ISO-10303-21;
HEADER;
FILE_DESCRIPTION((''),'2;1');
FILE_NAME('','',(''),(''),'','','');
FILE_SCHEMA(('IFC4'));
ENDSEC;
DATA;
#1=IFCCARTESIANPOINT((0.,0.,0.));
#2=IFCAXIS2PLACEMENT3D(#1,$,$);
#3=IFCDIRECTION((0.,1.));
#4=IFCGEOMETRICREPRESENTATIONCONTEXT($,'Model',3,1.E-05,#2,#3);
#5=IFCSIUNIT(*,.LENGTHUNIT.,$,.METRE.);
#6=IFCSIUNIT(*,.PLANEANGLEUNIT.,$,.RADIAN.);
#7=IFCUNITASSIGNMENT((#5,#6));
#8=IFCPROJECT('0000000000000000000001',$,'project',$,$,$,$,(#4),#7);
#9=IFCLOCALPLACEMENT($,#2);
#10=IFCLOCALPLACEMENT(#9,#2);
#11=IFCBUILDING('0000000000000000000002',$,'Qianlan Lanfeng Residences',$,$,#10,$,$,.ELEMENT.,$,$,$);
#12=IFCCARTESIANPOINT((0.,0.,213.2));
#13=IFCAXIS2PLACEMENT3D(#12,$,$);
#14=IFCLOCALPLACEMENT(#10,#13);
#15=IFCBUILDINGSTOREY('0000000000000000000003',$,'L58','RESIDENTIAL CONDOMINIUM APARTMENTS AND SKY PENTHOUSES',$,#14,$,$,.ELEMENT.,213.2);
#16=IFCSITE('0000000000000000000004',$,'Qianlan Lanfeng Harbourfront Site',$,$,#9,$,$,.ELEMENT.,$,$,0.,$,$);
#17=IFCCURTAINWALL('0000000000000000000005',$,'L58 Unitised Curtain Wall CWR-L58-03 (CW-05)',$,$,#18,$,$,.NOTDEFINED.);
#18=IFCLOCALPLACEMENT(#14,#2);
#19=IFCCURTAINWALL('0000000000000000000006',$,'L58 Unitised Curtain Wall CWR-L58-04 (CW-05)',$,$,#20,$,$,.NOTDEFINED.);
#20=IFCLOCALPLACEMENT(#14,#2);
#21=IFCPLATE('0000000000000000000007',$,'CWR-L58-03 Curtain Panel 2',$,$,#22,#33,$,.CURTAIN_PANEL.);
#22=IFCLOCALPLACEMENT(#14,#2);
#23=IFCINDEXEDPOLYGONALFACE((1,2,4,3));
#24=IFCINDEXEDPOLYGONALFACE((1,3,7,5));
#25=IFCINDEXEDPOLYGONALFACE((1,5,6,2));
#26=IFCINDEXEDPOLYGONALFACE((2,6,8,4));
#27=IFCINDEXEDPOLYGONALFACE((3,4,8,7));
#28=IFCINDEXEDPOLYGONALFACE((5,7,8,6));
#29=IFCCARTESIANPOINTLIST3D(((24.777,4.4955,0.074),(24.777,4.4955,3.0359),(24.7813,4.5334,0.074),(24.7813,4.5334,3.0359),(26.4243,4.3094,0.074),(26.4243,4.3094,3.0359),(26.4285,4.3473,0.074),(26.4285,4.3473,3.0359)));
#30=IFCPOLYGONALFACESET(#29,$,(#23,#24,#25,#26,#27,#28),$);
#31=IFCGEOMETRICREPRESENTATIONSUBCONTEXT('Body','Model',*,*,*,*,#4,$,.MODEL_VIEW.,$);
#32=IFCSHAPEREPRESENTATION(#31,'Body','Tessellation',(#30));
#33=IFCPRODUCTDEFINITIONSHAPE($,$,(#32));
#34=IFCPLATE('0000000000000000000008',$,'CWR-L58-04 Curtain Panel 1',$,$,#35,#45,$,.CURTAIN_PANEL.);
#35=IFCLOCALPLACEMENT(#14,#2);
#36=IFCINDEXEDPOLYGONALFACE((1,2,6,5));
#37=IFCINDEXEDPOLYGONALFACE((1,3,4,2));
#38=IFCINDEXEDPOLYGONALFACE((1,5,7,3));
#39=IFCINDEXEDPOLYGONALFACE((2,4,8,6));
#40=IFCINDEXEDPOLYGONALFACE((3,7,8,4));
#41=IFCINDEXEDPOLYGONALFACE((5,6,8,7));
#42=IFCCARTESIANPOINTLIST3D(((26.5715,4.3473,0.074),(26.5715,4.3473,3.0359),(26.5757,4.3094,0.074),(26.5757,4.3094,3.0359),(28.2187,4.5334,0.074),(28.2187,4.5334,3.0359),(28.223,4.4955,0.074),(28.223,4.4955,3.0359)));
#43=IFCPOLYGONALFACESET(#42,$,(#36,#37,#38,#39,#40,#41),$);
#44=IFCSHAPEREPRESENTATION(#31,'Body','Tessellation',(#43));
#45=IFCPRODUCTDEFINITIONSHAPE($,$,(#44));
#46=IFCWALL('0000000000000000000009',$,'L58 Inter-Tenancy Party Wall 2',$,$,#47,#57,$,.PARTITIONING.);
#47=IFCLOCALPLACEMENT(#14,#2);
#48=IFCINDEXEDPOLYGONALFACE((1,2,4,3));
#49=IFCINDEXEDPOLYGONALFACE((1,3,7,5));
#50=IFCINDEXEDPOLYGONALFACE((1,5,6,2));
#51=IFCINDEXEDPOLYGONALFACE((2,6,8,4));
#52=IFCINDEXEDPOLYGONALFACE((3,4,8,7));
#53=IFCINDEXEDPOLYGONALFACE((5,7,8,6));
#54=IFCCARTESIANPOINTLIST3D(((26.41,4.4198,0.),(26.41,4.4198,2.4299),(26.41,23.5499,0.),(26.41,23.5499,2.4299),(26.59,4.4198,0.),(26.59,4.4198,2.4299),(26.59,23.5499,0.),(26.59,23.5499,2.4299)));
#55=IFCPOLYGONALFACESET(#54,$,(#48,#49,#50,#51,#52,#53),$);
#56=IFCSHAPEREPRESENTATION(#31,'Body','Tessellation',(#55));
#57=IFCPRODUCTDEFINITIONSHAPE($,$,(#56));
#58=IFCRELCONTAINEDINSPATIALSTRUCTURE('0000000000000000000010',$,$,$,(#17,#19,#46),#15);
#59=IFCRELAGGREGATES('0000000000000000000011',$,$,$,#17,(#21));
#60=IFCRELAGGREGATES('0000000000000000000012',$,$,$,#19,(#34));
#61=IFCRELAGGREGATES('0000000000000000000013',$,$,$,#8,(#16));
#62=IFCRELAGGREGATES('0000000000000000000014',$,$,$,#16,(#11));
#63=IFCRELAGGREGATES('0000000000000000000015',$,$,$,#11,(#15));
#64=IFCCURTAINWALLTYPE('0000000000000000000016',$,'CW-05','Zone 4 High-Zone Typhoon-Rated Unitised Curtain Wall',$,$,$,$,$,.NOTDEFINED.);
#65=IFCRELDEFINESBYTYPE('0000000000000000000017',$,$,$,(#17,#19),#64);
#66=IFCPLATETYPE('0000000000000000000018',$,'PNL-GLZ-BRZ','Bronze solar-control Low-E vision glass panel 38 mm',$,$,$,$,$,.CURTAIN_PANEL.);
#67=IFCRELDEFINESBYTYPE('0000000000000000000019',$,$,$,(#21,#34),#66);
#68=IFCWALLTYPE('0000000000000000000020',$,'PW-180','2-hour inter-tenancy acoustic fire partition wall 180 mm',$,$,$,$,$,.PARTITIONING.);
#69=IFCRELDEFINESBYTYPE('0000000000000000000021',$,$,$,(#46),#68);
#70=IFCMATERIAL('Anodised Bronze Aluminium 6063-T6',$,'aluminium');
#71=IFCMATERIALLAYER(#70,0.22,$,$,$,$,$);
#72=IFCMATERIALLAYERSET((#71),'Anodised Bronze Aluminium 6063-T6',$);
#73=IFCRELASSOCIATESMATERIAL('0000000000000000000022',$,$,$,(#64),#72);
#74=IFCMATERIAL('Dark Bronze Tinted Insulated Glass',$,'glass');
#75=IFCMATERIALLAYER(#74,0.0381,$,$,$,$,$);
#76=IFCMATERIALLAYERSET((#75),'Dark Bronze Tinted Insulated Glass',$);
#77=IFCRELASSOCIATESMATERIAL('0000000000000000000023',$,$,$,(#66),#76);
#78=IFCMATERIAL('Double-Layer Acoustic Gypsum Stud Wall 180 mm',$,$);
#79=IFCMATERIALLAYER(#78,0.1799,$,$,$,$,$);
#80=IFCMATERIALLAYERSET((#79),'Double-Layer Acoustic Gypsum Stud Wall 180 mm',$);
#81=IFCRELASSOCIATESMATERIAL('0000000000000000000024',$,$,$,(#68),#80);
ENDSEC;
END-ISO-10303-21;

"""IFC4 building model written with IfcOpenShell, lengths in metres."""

from ifc_helpers import new_model, si_unit, direction, frame, frame_2d, origin, origin_2d, place, context, subcontext, project, spatial, rectangle, extrude, source, transform, mapped, material, layer, layer_set, type_object, element, aggregate, save


model = new_model("IFC4")

# Units and contexts
model_context = context("Model", 3, precision=1e-05, world=origin(), true_north=direction((0.0, 1.0)))
body_context = subcontext(model_context, "Body", "Model", "MODEL_VIEW")
ifc_project = project(units=[si_unit("LENGTHUNIT", "METRE"), si_unit("PLANEANGLEUNIT", "RADIAN")], contexts=[model_context])

# Site, building, storey
site_placement = place(None, origin())
site = spatial("IfcSite", under=ifc_project, at=site_placement, Name="Qianlan Lanfeng Harbourfront Site", CompositionType="ELEMENT", RefElevation=0.0)
building_placement = place(site_placement, origin())
building = spatial("IfcBuilding", under=site, at=building_placement, Name="Qianlan Lanfeng Residences", CompositionType="ELEMENT")
storey_placement = place(building_placement, frame((0.0, 0.0, 213.2)))
storey = spatial("IfcBuildingStorey", under=building, at=storey_placement, Name="L58", Description="RESIDENTIAL CONDOMINIUM APARTMENTS AND SKY PENTHOUSES", CompositionType="ELEMENT", Elevation=213.2)

# Curtain walls
ifc_material_1 = material(Name="Anodised Bronze Aluminium 6063-T6", Category="aluminium")
ifc_layer_1 = layer(ifc_material_1, 0.22)
ifc_layer_set_1 = layer_set([ifc_layer_1], Name="Anodised Bronze Aluminium 6063-T6")
curtain_wall_type = type_object("IfcCurtainWallType", Name="CW-05", Description="Zone 4 High-Zone Typhoon-Rated Unitised Curtain Wall", PredefinedType="NOTDEFINED", material=ifc_layer_set_1)
curtain_wall_1_placement = place(storey_placement, origin())
curtain_wall_1 = element("IfcCurtainWall", 1, at=curtain_wall_1_placement, inside=storey, type_object=curtain_wall_type, Name="L58 Unitised Curtain Wall CWR-L58-03 (CW-05)", PredefinedType="NOTDEFINED")
curtain_wall_2_placement = place(storey_placement, origin())
curtain_wall_2 = element("IfcCurtainWall", 2, at=curtain_wall_2_placement, inside=storey, type_object=curtain_wall_type, Name="L58 Unitised Curtain Wall CWR-L58-04 (CW-05)", PredefinedType="NOTDEFINED")

# Plates
ifc_material_2 = material(Name="Dark Bronze Tinted Insulated Glass", Category="glass")
ifc_layer_2 = layer(ifc_material_2, 0.0381)
ifc_layer_set_2 = layer_set([ifc_layer_2], Name="Dark Bronze Tinted Insulated Glass")
plate_type = type_object("IfcPlateType", Name="PNL-GLZ-BRZ", Description="Bronze solar-control Low-E vision glass panel 38 mm", PredefinedType="CURTAIN_PANEL", material=ifc_layer_set_2)
shared_shape_1 = source(origin(), body_context, "Body", "SweptSolid", [
    extrude(rectangle(XDim=1.6577, YDim=0.0381, at=origin_2d()), origin(), (0.0, 0.0, 1.0), 2.9619),
])
plate_1_placement = place(storey_placement, frame((25.6028, 4.4214, 0.074), z_axis=(0.0, 0.0, 1.0), x_axis=(0.993678, -0.112263, 0.0)))
plate_1 = element("IfcPlate", 3, at=plate_1_placement, type_object=plate_type, Name="CWR-L58-03 Curtain Panel 2", PredefinedType="CURTAIN_PANEL", context=body_context, shape_type="MappedRepresentation", body=[
    mapped(shared_shape_1, transform((0.0, 0.0, 0.0), scale=1.0)),
])
aggregate(curtain_wall_1, [plate_1])
plate_2_placement = place(storey_placement, frame((27.3972, 4.4214, 0.074), z_axis=(0.0, 0.0, 1.0), x_axis=(0.993678, 0.112263, 0.0)))
plate_2 = element("IfcPlate", 4, at=plate_2_placement, type_object=plate_type, Name="CWR-L58-04 Curtain Panel 1", PredefinedType="CURTAIN_PANEL", context=body_context, shape_type="MappedRepresentation", body=[
    mapped(shared_shape_1, transform((0.0, 0.0, 0.0), scale=1.0)),
])
aggregate(curtain_wall_2, [plate_2])

# Wall
ifc_material_3 = material(Name="Double-Layer Acoustic Gypsum Stud Wall 180 mm")
ifc_layer_3 = layer(ifc_material_3, 0.1799)
ifc_layer_set_3 = layer_set([ifc_layer_3], Name="Double-Layer Acoustic Gypsum Stud Wall 180 mm")
wall_type = type_object("IfcWallType", Name="PW-180", Description="2-hour inter-tenancy acoustic fire partition wall 180 mm", PredefinedType="PARTITIONING", material=ifc_layer_set_3)
wall_placement = place(storey_placement, frame((26.5, 4.4199, 0.0), z_axis=(0.0, 0.0, 1.0), x_axis=(0.0, 1.0, 0.0)))
element("IfcWall", 5, at=wall_placement, inside=storey, type_object=wall_type, Name="L58 Inter-Tenancy Party Wall 2", PredefinedType="PARTITIONING", context=body_context, shape_type="SweptSolid", body=[
    extrude(rectangle(XDim=19.1301, YDim=0.1799, at=frame_2d((9.5649, 0.0))), origin(), (0.0, 0.0, 1.0), 2.4299),
])

save(model, "model.ifc")
